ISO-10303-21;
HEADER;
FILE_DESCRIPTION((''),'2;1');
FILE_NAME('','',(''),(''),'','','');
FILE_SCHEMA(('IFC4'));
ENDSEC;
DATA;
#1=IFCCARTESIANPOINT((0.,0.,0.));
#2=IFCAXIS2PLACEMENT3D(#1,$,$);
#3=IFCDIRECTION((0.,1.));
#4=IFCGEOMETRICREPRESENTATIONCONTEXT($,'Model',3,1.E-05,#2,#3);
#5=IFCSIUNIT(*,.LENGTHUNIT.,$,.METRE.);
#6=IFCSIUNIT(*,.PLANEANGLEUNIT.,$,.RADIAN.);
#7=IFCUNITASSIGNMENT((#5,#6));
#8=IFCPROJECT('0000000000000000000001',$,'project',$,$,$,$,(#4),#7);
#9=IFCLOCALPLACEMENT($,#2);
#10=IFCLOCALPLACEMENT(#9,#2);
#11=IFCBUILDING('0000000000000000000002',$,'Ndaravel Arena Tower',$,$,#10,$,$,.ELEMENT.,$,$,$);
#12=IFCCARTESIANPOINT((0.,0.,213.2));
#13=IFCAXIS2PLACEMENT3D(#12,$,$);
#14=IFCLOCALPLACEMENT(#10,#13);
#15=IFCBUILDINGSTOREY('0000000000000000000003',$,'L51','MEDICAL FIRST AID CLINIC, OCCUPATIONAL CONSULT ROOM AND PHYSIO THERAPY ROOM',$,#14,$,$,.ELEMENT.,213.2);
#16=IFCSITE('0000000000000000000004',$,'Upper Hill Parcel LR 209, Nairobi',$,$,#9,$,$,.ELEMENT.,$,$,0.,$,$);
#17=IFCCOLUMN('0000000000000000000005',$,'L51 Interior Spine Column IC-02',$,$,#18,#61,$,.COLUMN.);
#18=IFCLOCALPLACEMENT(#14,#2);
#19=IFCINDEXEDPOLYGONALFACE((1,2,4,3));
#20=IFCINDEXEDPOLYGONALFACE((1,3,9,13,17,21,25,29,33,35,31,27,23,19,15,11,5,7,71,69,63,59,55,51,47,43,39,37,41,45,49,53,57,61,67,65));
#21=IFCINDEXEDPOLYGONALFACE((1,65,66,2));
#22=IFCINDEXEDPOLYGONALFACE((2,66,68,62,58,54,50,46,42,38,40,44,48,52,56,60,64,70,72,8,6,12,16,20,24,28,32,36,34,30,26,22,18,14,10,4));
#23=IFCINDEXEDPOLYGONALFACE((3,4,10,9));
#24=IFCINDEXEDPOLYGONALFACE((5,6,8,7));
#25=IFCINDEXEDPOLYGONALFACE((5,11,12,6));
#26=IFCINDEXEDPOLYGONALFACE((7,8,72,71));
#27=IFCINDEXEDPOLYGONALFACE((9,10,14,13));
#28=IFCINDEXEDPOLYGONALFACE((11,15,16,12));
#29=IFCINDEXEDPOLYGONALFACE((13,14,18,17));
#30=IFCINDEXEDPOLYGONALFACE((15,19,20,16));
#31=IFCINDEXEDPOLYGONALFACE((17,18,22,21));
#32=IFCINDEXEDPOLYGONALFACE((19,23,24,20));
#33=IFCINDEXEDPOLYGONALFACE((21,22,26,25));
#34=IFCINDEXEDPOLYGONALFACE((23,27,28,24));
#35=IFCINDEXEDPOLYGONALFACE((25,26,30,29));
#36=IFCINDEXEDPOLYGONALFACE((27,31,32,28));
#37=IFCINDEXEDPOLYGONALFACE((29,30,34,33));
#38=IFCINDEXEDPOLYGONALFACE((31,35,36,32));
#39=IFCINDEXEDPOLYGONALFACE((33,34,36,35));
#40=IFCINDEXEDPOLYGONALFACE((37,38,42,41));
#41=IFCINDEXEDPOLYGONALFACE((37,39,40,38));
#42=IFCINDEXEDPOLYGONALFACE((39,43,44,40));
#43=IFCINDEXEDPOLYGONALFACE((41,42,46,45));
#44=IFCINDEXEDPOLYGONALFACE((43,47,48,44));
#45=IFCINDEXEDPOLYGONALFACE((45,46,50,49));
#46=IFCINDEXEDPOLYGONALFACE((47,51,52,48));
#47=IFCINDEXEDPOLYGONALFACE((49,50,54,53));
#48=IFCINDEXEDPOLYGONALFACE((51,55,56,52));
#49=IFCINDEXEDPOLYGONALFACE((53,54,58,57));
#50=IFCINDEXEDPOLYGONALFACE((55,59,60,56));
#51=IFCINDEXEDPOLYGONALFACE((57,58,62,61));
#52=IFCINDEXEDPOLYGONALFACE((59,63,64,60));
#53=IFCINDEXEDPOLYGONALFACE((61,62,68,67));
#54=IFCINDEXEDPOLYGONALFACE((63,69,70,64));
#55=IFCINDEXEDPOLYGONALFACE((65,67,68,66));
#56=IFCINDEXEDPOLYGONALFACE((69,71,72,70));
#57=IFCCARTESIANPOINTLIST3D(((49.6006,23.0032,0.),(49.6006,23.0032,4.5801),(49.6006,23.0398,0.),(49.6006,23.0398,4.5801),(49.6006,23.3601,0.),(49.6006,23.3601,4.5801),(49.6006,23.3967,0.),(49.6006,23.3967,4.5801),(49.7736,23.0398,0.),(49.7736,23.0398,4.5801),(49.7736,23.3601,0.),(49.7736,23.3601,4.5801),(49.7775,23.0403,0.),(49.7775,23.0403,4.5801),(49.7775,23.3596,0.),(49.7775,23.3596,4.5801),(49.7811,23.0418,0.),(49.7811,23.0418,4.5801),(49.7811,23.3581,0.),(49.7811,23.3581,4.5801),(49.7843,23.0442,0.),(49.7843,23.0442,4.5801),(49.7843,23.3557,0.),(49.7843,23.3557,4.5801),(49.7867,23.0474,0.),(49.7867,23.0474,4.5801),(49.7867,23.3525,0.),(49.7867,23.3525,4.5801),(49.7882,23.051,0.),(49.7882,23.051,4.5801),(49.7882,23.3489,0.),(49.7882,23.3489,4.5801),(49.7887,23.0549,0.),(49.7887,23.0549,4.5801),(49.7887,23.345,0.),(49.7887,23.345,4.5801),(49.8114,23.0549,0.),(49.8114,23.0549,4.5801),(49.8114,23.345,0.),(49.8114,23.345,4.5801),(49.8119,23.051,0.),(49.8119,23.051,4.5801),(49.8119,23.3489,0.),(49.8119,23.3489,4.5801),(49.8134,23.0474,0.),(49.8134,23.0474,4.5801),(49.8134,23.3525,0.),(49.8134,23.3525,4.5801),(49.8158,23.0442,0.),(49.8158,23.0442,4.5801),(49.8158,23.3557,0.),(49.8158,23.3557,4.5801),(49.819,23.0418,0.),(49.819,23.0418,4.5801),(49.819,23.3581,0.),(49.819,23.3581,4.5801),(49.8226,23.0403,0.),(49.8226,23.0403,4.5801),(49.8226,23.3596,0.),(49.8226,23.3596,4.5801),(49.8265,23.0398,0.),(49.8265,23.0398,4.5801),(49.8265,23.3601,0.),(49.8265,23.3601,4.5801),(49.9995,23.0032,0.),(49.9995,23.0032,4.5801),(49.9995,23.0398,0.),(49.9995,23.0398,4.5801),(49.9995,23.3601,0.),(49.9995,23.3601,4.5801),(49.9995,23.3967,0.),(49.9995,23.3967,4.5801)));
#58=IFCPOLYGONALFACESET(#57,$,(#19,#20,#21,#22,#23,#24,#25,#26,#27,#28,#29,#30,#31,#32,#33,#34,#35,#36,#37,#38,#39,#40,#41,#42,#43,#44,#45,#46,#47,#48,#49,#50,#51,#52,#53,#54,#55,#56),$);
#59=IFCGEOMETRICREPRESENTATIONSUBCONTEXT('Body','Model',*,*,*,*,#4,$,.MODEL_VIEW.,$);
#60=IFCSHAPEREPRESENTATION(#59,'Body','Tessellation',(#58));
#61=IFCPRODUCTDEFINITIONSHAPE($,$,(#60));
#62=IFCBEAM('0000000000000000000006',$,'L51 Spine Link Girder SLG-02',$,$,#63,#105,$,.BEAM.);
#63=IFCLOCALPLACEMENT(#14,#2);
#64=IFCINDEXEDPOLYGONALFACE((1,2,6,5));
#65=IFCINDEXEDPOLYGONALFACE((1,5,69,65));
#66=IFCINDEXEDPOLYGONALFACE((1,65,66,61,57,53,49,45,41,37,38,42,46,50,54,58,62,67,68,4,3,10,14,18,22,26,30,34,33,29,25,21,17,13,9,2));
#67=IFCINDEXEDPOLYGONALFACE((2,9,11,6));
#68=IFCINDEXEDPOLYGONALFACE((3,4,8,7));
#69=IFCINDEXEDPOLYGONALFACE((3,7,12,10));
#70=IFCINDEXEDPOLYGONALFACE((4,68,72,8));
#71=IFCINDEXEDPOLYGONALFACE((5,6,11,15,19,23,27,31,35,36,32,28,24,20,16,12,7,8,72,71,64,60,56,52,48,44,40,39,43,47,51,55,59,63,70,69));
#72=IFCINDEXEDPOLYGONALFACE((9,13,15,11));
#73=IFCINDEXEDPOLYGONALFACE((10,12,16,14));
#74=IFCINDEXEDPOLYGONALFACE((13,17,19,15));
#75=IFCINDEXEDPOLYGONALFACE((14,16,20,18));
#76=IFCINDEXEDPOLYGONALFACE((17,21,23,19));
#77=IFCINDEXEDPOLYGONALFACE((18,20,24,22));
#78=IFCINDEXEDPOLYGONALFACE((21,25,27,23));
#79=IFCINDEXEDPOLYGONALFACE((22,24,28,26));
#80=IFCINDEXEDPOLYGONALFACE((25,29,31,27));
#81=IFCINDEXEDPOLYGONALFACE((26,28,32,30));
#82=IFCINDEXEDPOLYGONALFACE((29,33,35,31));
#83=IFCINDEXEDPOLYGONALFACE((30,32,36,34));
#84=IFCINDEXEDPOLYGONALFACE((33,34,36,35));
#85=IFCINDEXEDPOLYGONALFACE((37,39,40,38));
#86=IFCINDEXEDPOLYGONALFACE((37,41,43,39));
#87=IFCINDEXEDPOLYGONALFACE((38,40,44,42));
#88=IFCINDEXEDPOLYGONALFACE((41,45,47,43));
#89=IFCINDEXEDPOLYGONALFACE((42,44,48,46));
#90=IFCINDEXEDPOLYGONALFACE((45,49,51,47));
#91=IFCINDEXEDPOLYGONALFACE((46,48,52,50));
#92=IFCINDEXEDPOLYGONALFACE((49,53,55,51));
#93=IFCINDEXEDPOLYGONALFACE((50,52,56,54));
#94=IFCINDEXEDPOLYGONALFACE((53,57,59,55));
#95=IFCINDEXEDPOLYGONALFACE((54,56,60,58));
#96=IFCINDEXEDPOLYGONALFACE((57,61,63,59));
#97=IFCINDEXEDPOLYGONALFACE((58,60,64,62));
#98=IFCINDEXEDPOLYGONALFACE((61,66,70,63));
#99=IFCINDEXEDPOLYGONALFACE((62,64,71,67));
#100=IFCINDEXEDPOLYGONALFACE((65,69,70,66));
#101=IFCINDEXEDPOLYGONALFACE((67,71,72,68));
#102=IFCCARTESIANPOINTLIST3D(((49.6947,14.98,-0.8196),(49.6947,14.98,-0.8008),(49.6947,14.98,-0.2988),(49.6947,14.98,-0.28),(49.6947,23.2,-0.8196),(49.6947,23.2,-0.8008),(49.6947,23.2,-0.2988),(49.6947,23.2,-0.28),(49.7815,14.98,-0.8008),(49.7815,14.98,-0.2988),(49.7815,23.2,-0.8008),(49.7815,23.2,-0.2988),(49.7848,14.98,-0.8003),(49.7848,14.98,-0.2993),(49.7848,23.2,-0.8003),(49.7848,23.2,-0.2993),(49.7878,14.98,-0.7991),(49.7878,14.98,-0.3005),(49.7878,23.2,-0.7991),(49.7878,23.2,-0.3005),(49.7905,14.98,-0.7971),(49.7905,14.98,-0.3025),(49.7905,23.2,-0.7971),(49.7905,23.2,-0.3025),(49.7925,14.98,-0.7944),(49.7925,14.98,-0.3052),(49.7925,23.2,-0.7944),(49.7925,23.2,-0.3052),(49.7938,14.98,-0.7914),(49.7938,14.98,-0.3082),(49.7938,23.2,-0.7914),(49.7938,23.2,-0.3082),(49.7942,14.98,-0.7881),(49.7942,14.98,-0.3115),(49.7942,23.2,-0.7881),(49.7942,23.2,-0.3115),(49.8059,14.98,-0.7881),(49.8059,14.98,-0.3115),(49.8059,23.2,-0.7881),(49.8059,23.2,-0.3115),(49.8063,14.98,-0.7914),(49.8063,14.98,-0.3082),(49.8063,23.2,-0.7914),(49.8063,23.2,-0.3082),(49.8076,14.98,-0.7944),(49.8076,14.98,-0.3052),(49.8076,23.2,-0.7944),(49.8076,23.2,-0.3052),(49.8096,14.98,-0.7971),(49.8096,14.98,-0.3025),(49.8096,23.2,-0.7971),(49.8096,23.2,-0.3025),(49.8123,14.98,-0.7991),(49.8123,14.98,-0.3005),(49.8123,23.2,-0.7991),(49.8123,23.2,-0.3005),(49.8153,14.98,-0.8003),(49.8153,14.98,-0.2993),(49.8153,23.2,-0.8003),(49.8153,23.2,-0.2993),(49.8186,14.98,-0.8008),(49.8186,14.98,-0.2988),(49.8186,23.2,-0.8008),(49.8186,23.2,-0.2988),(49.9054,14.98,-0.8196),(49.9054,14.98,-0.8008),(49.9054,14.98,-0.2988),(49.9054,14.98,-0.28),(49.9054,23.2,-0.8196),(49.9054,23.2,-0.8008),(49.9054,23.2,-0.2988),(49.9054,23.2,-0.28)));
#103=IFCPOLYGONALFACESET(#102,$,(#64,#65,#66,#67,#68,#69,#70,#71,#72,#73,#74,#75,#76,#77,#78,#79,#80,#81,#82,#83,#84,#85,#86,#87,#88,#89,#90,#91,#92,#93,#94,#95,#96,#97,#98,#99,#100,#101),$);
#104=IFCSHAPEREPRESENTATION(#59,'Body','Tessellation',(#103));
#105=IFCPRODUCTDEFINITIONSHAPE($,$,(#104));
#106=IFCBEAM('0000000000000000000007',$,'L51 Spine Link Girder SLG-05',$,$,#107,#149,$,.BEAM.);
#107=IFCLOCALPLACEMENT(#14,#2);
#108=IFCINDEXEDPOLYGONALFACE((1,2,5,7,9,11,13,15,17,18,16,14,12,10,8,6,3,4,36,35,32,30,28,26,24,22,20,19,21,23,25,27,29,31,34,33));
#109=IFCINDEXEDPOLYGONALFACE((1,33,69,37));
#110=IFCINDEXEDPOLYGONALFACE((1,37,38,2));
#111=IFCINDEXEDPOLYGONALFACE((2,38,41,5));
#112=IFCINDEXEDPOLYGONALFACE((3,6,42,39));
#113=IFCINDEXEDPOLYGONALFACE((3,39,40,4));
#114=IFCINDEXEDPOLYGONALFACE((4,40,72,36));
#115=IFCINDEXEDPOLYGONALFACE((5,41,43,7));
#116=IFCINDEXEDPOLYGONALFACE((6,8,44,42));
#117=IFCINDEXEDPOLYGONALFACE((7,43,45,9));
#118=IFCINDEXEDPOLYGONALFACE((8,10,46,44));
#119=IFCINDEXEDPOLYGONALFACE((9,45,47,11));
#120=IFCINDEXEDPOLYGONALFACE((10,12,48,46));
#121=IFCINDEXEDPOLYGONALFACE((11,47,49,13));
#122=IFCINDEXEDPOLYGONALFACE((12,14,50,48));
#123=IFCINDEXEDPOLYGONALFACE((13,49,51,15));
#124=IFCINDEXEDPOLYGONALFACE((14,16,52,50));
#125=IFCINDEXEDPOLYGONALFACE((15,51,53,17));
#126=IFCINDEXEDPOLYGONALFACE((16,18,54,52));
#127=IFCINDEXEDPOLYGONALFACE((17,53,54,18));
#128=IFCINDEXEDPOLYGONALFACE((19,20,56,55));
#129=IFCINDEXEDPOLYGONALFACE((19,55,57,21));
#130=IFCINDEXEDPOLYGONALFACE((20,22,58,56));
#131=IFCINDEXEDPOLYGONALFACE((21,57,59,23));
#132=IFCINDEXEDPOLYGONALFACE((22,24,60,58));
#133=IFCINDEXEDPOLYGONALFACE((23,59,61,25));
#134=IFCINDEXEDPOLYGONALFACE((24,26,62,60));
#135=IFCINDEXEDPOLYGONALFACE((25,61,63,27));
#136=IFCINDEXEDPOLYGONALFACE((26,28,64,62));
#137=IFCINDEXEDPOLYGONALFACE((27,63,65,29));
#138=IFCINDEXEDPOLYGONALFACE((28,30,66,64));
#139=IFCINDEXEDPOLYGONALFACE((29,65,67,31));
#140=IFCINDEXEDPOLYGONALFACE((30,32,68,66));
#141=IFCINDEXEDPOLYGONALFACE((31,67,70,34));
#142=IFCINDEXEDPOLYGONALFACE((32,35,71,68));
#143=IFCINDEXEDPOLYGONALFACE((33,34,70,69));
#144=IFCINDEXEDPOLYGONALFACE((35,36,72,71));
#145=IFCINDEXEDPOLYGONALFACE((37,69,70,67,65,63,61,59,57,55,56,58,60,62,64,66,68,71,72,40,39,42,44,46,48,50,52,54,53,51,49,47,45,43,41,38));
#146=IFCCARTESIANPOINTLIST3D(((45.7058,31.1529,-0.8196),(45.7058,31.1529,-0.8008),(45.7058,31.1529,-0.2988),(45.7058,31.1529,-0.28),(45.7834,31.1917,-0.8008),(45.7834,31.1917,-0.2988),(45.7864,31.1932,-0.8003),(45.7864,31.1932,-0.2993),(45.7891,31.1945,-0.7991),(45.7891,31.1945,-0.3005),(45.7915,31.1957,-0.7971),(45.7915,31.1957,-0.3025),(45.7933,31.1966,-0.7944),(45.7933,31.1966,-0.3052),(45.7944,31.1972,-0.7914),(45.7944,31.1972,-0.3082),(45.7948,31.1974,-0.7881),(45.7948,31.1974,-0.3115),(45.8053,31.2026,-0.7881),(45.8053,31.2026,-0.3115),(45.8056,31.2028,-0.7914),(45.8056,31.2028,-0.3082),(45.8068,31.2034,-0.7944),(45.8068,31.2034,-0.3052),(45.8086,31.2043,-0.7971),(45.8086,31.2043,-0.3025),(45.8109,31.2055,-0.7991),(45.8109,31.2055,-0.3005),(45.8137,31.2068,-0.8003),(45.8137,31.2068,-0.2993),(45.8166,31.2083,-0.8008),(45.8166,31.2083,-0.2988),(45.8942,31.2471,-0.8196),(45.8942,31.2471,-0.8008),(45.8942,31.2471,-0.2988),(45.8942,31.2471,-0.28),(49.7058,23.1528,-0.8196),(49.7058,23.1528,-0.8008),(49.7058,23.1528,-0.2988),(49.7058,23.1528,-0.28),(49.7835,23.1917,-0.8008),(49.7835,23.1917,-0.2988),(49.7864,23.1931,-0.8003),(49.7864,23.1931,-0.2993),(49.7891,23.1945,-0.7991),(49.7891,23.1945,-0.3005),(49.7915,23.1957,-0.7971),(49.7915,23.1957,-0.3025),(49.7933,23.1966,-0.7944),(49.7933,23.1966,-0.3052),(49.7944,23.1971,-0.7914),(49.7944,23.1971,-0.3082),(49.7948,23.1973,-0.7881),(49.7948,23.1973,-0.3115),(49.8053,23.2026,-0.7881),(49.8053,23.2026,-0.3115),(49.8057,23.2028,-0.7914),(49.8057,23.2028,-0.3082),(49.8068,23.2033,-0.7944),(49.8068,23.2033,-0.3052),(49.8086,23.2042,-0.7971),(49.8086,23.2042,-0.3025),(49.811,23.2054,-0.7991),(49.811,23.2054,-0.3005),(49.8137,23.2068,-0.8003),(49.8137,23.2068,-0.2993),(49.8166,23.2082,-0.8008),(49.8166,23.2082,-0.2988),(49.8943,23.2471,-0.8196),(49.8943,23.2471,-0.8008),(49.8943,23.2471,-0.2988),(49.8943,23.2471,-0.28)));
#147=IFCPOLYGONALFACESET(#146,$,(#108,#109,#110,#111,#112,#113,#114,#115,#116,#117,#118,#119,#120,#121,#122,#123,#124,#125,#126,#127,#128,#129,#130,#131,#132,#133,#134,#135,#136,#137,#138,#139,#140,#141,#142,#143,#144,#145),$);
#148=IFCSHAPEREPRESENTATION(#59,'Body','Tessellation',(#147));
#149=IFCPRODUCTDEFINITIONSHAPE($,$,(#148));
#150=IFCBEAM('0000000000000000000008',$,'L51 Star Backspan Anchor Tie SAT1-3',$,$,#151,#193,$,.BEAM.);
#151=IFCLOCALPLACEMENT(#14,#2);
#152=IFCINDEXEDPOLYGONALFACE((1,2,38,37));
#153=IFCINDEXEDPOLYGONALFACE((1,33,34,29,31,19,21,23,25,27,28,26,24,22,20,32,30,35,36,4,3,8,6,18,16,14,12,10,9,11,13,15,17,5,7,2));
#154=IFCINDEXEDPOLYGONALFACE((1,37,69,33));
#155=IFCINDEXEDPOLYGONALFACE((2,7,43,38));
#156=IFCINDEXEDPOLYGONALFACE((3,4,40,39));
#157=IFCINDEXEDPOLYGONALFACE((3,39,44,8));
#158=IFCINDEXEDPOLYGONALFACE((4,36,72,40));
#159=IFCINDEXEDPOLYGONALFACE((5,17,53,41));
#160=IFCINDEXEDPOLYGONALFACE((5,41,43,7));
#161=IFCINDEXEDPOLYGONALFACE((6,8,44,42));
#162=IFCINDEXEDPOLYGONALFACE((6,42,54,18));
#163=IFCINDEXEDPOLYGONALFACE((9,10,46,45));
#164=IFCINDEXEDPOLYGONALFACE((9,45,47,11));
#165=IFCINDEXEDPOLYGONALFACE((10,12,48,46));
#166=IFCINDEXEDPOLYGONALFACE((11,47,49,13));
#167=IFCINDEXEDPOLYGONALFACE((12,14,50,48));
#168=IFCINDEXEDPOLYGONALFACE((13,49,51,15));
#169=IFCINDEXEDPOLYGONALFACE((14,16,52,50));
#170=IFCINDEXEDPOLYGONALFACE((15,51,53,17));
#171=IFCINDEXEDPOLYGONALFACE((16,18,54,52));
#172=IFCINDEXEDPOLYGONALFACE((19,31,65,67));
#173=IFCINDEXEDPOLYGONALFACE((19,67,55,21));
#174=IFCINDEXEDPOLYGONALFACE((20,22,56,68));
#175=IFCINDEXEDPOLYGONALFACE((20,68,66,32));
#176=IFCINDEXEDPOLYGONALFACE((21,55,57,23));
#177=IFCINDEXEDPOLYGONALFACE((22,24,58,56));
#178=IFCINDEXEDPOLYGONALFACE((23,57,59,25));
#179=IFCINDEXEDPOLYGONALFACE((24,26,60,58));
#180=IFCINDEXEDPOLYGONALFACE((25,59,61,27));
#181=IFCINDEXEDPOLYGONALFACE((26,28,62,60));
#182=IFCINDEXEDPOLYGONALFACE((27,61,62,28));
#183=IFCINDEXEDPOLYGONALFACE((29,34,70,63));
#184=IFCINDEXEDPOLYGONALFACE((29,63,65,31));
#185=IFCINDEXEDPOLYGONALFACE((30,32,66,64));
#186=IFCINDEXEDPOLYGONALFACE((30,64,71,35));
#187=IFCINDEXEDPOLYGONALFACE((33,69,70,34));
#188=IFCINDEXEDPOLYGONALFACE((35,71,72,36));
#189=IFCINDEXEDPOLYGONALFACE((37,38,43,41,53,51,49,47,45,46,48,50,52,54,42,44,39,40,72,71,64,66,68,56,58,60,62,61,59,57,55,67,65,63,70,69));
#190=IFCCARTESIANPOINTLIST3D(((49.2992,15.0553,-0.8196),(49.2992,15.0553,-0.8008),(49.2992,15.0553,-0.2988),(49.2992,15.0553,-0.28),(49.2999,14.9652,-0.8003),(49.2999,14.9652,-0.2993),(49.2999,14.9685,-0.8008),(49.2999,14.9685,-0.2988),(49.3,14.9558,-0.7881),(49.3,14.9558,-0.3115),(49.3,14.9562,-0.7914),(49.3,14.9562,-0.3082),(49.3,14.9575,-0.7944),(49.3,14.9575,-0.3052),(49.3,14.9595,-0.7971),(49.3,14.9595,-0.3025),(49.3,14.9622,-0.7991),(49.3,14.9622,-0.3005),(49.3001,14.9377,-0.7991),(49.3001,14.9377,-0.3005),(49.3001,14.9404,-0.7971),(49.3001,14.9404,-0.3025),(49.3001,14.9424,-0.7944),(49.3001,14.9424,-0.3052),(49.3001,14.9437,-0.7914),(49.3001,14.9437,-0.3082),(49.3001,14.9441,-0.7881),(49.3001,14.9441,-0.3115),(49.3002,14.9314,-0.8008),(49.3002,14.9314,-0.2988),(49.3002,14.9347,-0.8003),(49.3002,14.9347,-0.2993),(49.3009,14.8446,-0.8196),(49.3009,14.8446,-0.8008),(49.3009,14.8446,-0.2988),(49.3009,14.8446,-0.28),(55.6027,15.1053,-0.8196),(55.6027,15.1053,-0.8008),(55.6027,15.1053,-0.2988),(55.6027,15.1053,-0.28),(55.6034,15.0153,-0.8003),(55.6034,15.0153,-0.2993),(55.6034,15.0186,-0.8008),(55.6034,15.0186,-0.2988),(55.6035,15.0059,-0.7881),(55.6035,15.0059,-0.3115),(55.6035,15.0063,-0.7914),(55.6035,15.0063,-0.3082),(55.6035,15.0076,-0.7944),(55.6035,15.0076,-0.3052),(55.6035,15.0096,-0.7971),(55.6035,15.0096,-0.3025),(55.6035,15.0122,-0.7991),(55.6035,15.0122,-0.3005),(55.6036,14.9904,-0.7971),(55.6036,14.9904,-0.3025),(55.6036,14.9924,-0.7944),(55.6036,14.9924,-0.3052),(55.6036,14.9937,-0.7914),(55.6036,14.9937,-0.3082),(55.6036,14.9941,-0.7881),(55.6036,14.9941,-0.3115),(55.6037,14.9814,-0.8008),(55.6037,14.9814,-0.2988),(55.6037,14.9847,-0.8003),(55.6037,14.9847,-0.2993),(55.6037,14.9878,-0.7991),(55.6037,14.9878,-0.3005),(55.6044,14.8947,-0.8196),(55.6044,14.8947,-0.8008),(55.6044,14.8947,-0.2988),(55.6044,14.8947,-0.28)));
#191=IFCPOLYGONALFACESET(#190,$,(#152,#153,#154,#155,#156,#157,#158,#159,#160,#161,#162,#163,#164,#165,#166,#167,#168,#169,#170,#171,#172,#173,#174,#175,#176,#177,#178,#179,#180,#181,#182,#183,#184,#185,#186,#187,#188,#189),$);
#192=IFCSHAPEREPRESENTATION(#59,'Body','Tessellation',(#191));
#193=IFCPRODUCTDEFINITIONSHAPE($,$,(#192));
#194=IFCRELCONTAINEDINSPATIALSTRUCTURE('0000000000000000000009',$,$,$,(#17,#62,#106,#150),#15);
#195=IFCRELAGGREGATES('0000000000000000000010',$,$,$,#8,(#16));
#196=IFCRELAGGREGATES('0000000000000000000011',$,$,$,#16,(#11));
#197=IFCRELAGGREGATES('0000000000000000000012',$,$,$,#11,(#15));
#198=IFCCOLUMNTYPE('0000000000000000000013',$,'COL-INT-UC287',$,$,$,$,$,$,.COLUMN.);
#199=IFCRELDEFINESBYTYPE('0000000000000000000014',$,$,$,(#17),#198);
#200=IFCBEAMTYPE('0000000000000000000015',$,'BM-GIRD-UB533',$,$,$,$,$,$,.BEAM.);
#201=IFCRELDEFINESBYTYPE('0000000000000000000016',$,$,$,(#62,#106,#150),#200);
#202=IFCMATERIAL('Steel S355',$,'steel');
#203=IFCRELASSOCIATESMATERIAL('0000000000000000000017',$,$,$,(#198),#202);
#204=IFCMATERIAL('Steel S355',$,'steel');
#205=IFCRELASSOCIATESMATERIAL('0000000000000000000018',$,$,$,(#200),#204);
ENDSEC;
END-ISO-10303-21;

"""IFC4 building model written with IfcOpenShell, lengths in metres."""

from ifc_helpers import new_model, si_unit, direction, frame, origin, origin_2d, place, context, subcontext, project, spatial, i_section, extrude, material, material_profile, profile_set, type_object, element, save


model = new_model("IFC4")

# Units and contexts
model_context = context("Model", 3, precision=1e-05, world=origin(), true_north=direction((0.0, 1.0)))
body_context = subcontext(model_context, "Body", "Model", "MODEL_VIEW")
ifc_project = project(units=[si_unit("LENGTHUNIT", "METRE"), si_unit("PLANEANGLEUNIT", "RADIAN")], contexts=[model_context])

# Site, building, storey
site_placement = place(None, origin())
site = spatial("IfcSite", under=ifc_project, at=site_placement, Name="Upper Hill Parcel LR 209, Nairobi", CompositionType="ELEMENT", RefElevation=0.0)
building_placement = place(site_placement, origin())
building = spatial("IfcBuilding", under=site, at=building_placement, Name="Ndaravel Arena Tower", CompositionType="ELEMENT")
storey_placement = place(building_placement, frame((0.0, 0.0, 213.2)))
storey = spatial("IfcBuildingStorey", under=building, at=storey_placement, Name="L51", Description="MEDICAL FIRST AID CLINIC, OCCUPATIONAL CONSULT ROOM AND PHYSIO THERAPY ROOM", CompositionType="ELEMENT", Elevation=213.2)

# Column
ifc_material_1 = material(Name="Steel S355", Category="steel")
ifc_material_profile_1 = material_profile(ifc_material_1, i_section(OverallWidth=0.3989, OverallDepth=0.3936, WebThickness=0.0227, FlangeThickness=0.0366, FilletRadius=0.0151, at=origin_2d()), Name="UC 356x406x287")
ifc_profile_set_1 = profile_set([ifc_material_profile_1], Name="Steel S355")
column_type = type_object("IfcColumnType", Name="COL-INT-UC287", PredefinedType="COLUMN", material=ifc_profile_set_1)
column_placement = place(storey_placement, frame((49.8, 23.2, 0.0), z_axis=(0.0, 0.0, 1.0), x_axis=(1.0, 0.0, 0.0)))
element("IfcColumn", 1, at=column_placement, inside=storey, type_object=column_type, Name="L51 Interior Spine Column IC-02", PredefinedType="COLUMN", context=body_context, shape_type="SweptSolid", body=[
    extrude(i_section(OverallWidth=0.3989, OverallDepth=0.3936, WebThickness=0.0227, FlangeThickness=0.0366, FilletRadius=0.0151, at=origin_2d()), origin(), (0.0, 0.0, 1.0), 4.5801),
])

# Beams
ifc_material_2 = material(Name="Steel S355", Category="steel")
ifc_material_profile_2 = material_profile(ifc_material_2, i_section(OverallWidth=0.2107, OverallDepth=0.5396, WebThickness=0.0117, FlangeThickness=0.0188, FilletRadius=0.0127, at=origin_2d()), Name="UB 533x210x109")
ifc_profile_set_2 = profile_set([ifc_material_profile_2], Name="Steel S355")
beam_type_1 = type_object("IfcBeamType", Name="BM-GIRD-UB533", PredefinedType="BEAM", material=ifc_profile_set_2)
beam_1_placement = place(storey_placement, frame((49.8, 14.98, -0.5498), z_axis=(0.0, 1.0, 0.0), x_axis=(-1.0, 0.0, 0.0)))
element("IfcBeam", 2, at=beam_1_placement, inside=storey, type_object=beam_type_1, Name="L51 Spine Link Girder SLG-02", PredefinedType="BEAM", context=body_context, shape_type="SweptSolid", body=[
    extrude(i_section(OverallWidth=0.2107, OverallDepth=0.5396, WebThickness=0.0117, FlangeThickness=0.0188, FilletRadius=0.0127, at=origin_2d()), origin(), (0.0, 0.0, 1.0), 8.22),
])
beam_2_placement = place(storey_placement, frame((49.8, 23.2, -0.5498), z_axis=(-0.447214, 0.894427, 0.0), x_axis=(-0.894427, -0.447214, 0.0)))
element("IfcBeam", 3, at=beam_2_placement, inside=storey, type_object=beam_type_1, Name="L51 Spine Link Girder SLG-05", PredefinedType="BEAM", context=body_context, shape_type="SweptSolid", body=[
    extrude(i_section(OverallWidth=0.2107, OverallDepth=0.5396, WebThickness=0.0117, FlangeThickness=0.0188, FilletRadius=0.0127, at=origin_2d()), origin(), (0.0, 0.0, 1.0), 8.9443),
])
beam_3_placement = place(storey_placement, frame((49.3, 14.95, -0.5498), z_axis=(0.999968, 0.00794, 0.0), x_axis=(-0.00794, 0.999968, 0.0)))
element("IfcBeam", 4, at=beam_3_placement, inside=storey, type_object=beam_type_1, Name="L51 Star Backspan Anchor Tie SAT1-3", PredefinedType="BEAM", context=body_context, shape_type="SweptSolid", body=[
    extrude(i_section(OverallWidth=0.2107, OverallDepth=0.5396, WebThickness=0.0117, FlangeThickness=0.0188, FilletRadius=0.0127, at=origin_2d()), origin(), (0.0, 0.0, 1.0), 6.3037),
])

save(model, "model.ifc")
